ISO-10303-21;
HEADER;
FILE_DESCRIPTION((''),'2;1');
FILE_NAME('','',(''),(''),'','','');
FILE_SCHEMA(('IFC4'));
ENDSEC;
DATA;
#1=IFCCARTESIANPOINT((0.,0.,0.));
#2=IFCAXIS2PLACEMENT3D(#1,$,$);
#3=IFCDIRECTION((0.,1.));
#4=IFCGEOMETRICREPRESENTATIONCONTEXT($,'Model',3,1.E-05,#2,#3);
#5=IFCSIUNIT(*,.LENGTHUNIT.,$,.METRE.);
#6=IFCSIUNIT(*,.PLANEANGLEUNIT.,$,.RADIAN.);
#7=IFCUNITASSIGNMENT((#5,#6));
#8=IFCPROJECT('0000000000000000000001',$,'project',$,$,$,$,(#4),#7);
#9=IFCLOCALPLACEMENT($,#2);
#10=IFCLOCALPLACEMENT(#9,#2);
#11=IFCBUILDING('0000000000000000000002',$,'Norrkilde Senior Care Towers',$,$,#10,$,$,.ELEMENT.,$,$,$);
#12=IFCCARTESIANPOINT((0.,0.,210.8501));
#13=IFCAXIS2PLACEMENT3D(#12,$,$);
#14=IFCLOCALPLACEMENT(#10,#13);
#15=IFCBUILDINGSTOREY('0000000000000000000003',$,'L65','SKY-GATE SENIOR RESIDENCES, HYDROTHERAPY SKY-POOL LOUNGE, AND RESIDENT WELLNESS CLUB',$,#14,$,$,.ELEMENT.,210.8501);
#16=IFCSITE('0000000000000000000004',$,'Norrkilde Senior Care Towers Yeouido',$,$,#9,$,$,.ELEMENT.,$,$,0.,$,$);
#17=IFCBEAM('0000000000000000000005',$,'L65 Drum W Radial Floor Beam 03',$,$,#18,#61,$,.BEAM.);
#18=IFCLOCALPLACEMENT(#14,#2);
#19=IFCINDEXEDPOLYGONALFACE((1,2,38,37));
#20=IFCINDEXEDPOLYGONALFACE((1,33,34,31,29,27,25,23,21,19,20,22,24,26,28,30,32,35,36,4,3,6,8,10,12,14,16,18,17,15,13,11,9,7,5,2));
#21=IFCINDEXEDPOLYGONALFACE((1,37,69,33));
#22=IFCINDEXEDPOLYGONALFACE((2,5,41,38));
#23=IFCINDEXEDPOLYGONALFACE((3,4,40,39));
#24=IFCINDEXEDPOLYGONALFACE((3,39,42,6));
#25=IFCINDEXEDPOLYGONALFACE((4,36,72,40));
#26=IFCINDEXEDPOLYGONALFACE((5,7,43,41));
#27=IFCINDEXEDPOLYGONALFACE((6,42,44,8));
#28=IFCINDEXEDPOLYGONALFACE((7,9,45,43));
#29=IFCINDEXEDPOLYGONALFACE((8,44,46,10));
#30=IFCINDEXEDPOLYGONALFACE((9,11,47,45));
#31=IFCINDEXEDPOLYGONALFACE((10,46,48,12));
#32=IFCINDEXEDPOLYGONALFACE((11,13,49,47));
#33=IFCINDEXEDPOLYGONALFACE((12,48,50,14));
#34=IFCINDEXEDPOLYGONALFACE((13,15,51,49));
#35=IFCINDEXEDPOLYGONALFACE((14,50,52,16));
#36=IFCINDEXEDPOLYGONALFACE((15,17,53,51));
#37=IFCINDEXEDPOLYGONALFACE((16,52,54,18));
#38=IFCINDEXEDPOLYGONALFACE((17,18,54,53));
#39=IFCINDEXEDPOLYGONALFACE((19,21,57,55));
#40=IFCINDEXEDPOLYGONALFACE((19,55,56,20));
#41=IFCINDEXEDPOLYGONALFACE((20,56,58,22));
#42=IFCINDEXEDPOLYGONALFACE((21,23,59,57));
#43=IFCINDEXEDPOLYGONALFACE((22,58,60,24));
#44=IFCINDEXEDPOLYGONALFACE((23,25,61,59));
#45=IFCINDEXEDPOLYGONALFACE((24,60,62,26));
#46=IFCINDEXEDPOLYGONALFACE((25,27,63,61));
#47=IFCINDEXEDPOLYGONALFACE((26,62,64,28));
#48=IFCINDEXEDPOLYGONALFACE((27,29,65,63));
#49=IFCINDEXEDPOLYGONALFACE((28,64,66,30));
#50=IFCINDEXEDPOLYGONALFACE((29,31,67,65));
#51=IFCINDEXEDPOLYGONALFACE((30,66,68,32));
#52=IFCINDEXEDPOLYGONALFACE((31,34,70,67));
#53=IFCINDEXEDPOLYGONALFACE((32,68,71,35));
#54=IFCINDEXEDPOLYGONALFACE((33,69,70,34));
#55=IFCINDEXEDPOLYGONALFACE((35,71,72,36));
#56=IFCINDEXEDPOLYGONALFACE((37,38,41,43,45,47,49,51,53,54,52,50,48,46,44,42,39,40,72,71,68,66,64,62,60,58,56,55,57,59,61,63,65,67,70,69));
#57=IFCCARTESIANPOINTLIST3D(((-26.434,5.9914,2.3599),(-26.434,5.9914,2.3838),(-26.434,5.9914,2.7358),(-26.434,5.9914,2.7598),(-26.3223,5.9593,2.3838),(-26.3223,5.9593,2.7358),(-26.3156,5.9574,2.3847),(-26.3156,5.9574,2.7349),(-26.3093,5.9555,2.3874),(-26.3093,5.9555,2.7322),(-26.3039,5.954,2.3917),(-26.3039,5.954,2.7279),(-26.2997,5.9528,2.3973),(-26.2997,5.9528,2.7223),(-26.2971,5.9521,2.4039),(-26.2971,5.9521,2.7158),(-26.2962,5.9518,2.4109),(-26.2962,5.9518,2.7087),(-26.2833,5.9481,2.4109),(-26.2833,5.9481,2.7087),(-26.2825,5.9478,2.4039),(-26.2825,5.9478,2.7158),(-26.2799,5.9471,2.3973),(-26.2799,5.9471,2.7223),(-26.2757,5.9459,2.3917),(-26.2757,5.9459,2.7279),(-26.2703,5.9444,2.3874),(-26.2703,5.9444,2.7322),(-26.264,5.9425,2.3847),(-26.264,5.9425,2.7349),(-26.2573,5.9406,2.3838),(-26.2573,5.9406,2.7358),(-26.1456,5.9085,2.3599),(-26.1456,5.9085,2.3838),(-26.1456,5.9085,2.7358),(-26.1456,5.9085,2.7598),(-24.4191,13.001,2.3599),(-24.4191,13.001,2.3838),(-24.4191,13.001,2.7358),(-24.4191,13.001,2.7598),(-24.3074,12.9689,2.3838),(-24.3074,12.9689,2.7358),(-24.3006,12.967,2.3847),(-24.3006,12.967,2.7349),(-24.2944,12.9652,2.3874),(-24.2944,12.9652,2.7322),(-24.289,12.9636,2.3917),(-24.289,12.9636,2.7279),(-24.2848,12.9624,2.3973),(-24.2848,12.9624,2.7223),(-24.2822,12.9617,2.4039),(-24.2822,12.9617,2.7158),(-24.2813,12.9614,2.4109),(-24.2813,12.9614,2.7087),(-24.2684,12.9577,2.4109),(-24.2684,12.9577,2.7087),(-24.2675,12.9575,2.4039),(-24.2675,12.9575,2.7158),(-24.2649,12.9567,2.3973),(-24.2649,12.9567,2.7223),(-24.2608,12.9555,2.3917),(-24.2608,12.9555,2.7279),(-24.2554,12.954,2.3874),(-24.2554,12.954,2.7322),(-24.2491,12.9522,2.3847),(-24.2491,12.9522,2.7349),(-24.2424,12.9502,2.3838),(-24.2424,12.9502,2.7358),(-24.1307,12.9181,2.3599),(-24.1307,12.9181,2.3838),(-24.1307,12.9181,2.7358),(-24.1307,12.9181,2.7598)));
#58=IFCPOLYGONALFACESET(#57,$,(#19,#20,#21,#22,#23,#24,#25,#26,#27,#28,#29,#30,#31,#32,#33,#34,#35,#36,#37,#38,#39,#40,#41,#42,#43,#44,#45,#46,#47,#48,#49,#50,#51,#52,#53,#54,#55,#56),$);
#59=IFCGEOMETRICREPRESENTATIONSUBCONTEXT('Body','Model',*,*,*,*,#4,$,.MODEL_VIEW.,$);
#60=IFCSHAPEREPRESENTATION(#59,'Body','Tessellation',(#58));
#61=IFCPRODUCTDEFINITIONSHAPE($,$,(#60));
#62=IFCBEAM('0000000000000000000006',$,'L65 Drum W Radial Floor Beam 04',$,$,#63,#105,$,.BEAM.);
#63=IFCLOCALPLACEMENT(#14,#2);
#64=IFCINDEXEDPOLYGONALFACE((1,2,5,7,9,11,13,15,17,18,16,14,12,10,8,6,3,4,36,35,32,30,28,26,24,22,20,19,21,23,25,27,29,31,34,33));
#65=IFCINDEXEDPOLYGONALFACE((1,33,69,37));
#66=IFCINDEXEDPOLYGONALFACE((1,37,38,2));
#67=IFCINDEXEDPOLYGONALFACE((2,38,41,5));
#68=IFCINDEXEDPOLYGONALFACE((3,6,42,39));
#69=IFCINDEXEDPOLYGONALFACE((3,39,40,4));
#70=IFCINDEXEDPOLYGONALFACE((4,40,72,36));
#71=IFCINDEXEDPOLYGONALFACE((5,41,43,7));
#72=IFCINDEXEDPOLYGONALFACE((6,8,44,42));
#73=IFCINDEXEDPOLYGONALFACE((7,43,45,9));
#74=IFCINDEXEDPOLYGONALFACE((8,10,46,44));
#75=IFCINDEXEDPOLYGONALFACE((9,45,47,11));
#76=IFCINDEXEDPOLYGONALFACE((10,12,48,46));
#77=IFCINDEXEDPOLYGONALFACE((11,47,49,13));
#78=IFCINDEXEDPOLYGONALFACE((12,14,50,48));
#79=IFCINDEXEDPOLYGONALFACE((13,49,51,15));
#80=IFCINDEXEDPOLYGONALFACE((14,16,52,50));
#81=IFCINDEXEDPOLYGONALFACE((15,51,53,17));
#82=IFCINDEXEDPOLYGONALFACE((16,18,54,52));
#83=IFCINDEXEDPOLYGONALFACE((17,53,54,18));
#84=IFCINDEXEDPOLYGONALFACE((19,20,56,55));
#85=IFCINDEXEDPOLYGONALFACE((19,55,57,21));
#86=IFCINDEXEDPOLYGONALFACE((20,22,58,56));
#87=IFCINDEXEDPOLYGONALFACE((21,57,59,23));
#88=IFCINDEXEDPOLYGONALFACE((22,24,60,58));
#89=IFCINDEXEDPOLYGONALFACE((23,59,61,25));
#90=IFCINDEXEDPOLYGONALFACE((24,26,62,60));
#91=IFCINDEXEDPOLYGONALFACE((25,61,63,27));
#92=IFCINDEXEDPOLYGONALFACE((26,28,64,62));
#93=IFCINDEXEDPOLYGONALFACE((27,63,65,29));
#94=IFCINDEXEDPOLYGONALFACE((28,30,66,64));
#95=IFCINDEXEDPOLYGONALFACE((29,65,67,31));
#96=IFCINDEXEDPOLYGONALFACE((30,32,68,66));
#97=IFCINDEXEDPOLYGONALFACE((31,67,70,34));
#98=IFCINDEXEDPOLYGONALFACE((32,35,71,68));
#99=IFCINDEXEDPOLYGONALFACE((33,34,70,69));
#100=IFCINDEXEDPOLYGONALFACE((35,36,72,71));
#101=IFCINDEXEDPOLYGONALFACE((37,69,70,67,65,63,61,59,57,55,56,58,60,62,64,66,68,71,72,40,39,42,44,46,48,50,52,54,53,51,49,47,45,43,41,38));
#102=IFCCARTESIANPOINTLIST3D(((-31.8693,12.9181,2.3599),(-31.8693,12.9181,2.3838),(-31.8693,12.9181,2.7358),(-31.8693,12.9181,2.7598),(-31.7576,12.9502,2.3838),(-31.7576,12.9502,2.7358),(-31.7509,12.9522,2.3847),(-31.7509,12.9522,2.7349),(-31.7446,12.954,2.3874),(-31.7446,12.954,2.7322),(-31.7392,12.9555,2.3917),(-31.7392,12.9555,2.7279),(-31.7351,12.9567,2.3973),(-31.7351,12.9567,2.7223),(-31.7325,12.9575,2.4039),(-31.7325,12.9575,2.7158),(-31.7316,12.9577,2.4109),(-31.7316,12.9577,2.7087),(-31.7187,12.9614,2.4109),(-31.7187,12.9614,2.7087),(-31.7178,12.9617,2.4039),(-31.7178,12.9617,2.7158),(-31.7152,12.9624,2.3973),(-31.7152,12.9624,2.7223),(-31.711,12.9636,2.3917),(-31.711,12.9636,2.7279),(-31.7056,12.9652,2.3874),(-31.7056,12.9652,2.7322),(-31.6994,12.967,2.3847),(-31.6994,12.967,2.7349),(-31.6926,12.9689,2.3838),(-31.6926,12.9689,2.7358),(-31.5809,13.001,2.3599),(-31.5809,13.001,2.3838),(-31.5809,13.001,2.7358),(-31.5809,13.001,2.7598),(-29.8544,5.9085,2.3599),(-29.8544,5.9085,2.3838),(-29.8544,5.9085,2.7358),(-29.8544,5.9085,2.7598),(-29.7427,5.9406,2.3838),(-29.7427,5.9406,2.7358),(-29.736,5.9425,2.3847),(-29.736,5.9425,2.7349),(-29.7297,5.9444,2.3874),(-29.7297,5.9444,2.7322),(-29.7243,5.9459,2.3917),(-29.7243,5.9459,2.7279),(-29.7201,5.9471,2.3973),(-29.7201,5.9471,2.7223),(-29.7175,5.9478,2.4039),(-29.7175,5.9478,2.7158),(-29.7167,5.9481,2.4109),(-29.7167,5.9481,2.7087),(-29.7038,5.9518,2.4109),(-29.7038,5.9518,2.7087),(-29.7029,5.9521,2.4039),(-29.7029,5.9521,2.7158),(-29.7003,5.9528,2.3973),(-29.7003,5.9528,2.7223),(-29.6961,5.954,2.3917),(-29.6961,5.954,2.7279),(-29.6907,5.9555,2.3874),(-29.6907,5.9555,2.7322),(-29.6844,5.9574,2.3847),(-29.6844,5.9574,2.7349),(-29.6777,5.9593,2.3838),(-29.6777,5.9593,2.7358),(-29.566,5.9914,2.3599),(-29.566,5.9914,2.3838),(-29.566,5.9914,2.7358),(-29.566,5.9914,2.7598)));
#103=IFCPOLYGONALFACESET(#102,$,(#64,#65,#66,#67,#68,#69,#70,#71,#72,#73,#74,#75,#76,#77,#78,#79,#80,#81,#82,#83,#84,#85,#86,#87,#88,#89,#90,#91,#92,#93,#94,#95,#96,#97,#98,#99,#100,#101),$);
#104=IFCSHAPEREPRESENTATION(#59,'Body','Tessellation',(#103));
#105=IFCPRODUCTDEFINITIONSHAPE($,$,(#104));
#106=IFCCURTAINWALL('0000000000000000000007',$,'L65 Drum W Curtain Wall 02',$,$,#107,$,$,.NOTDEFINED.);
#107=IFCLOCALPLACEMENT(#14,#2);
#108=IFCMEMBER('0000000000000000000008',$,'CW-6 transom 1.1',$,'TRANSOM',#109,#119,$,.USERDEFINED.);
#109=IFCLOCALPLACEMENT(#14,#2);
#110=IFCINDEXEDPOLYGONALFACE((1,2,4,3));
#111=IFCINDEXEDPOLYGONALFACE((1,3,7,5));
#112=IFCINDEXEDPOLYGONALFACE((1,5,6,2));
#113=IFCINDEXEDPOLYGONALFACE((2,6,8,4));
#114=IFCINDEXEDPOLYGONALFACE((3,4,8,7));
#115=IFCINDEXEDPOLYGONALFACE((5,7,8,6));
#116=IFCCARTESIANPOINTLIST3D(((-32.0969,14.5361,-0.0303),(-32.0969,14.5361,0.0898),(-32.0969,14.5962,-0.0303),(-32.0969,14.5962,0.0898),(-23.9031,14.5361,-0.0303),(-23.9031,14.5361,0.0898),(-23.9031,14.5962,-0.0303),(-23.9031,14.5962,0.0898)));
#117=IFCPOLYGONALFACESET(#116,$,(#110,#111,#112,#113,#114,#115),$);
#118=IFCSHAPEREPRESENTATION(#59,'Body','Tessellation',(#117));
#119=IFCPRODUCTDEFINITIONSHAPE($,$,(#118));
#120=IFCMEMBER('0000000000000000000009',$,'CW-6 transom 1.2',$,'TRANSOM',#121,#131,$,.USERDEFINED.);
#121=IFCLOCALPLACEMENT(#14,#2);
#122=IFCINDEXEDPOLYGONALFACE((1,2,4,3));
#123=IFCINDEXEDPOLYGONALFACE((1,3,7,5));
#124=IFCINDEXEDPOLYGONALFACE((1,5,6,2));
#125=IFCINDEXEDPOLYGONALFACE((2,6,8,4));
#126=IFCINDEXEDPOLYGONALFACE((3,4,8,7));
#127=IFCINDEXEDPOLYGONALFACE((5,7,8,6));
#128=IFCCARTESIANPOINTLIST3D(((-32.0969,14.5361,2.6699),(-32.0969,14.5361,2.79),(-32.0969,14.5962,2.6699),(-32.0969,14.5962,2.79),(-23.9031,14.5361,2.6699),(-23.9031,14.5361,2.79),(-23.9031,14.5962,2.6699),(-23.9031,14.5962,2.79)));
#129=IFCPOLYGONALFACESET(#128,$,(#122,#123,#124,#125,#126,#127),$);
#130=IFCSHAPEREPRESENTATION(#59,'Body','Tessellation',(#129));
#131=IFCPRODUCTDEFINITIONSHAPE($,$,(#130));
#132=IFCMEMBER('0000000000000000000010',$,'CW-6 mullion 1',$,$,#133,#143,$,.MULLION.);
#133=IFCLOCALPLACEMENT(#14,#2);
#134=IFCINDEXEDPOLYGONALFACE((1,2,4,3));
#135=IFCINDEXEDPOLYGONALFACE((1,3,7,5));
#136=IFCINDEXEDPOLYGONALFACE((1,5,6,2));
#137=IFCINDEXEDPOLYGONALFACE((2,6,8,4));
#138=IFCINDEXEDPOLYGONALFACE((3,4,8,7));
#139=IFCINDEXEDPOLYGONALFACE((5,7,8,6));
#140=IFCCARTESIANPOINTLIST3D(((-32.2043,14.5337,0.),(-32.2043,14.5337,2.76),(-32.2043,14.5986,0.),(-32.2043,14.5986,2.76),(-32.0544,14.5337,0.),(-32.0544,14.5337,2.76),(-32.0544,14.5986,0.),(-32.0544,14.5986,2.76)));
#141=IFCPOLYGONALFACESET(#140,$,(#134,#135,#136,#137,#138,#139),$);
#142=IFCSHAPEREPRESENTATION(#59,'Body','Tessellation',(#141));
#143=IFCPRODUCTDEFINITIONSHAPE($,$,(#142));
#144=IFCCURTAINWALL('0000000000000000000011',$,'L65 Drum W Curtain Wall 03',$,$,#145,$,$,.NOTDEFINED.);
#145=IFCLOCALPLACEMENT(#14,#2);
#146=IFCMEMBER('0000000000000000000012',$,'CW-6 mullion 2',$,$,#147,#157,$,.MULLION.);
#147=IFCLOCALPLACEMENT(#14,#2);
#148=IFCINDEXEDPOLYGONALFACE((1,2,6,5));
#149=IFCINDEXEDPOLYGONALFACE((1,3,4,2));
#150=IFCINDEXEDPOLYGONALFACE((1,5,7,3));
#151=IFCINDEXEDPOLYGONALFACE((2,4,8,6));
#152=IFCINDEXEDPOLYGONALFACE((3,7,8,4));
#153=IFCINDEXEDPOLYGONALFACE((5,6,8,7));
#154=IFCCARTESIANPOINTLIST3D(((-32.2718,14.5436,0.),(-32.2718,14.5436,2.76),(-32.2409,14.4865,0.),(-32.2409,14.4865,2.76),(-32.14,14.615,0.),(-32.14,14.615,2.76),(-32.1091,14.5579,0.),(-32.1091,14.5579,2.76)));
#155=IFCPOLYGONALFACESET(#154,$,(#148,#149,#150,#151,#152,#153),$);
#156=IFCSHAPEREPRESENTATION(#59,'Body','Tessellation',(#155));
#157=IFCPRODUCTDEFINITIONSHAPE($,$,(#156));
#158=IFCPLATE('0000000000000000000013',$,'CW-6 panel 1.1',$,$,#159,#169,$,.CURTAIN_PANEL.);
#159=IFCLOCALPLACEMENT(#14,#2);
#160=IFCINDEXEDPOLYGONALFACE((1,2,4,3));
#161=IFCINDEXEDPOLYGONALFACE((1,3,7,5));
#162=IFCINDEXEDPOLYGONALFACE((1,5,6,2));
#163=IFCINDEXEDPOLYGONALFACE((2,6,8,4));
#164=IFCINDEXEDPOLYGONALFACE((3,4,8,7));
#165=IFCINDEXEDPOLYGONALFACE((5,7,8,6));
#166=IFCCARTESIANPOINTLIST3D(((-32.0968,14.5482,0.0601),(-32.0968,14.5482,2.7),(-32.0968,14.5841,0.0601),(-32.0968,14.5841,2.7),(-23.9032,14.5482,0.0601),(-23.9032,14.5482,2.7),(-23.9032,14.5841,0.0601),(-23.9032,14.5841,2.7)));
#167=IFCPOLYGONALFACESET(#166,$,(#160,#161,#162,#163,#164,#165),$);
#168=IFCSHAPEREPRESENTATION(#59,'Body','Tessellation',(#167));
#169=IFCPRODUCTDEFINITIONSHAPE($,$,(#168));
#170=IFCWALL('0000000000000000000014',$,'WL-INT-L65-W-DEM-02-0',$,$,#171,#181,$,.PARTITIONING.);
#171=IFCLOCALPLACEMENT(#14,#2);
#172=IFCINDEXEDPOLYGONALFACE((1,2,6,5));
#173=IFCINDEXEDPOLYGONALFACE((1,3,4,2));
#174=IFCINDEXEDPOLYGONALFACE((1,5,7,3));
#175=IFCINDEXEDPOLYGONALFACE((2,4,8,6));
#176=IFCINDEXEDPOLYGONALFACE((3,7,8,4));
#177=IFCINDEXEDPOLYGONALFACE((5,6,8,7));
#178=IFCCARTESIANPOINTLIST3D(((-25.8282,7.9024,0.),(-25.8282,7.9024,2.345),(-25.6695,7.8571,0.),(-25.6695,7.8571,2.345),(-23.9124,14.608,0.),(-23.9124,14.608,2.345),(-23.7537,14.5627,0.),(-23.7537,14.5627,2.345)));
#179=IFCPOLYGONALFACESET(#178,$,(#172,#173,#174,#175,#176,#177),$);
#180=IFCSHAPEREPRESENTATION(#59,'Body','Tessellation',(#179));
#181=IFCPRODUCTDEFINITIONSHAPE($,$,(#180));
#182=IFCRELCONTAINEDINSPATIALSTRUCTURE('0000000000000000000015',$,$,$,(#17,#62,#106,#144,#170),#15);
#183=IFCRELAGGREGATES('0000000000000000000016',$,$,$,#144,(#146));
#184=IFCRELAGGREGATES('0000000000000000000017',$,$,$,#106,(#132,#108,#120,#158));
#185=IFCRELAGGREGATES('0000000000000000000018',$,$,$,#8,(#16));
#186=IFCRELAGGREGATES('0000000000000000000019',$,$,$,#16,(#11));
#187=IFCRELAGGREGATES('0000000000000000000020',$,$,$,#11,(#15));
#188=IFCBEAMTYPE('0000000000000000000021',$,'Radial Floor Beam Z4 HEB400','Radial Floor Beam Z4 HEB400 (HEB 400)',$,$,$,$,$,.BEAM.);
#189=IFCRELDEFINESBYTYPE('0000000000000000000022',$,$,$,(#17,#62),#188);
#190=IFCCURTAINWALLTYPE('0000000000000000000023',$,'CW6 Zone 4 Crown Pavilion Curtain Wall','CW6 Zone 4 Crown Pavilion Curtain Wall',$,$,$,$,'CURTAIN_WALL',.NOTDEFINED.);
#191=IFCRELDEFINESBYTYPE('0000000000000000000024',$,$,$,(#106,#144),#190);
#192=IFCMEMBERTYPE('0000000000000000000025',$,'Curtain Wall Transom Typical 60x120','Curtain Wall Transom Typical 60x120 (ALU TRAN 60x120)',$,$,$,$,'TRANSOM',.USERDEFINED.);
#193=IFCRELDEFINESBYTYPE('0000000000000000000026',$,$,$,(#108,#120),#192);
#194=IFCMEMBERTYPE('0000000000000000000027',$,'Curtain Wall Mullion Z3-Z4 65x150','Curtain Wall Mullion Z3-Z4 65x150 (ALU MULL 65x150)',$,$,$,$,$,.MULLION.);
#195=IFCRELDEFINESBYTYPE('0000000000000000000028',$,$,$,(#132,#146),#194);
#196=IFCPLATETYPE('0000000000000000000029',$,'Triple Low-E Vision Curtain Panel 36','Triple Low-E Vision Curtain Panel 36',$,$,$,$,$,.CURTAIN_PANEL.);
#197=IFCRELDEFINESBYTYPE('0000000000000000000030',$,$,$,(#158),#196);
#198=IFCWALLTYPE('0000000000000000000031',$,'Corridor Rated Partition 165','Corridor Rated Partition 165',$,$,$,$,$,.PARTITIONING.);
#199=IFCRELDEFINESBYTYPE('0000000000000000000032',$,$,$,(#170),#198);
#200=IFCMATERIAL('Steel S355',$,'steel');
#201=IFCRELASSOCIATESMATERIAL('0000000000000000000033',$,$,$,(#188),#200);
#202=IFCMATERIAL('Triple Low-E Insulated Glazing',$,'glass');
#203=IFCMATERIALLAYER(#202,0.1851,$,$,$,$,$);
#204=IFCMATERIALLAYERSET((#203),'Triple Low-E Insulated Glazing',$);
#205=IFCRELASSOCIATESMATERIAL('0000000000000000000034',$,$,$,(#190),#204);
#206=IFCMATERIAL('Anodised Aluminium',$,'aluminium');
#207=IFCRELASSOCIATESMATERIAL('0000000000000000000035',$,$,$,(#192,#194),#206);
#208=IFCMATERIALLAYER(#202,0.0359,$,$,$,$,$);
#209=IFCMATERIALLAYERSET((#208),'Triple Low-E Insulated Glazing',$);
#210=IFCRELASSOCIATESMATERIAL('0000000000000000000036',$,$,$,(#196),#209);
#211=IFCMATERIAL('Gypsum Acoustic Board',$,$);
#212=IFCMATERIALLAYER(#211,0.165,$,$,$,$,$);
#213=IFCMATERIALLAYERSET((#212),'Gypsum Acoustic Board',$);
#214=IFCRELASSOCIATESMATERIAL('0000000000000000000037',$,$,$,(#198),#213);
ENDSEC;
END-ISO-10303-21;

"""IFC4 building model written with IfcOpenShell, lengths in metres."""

from ifc_helpers import new_model, si_unit, direction, frame, frame_2d, origin, origin_2d, place, context, subcontext, project, spatial, rectangle, i_section, extrude, source, transform, mapped, material, layer, layer_set, material_profile, profile_set, type_object, type_shapes, element, aggregate, save


model = new_model("IFC4")

# Units and contexts
model_context = context("Model", 3, precision=1e-05, world=origin(), true_north=direction((0.0, 1.0)))
body_context = subcontext(model_context, "Body", "Model", "MODEL_VIEW")
ifc_project = project(units=[si_unit("LENGTHUNIT", "METRE"), si_unit("PLANEANGLEUNIT", "RADIAN")], contexts=[model_context])

# Site, building, storey
site_placement = place(None, origin())
site = spatial("IfcSite", under=ifc_project, at=site_placement, Name="Norrkilde Senior Care Towers Yeouido", CompositionType="ELEMENT", RefElevation=0.0)
building_placement = place(site_placement, origin())
building = spatial("IfcBuilding", under=site, at=building_placement, Name="Norrkilde Senior Care Towers", CompositionType="ELEMENT")
storey_placement = place(building_placement, frame((0.0, 0.0, 210.8501)))
storey = spatial("IfcBuildingStorey", under=building, at=storey_placement, Name="L65", Description="SKY-GATE SENIOR RESIDENCES, HYDROTHERAPY SKY-POOL LOUNGE, AND RESIDENT WELLNESS CLUB", CompositionType="ELEMENT", Elevation=210.8501)

# Beams
ifc_material_1 = material(Name="Steel S355", Category="steel")
ifc_material_profile_1 = material_profile(ifc_material_1, i_section(OverallWidth=0.3, OverallDepth=0.3999, WebThickness=0.0134, FlangeThickness=0.0239, FilletRadius=0.0271, at=origin_2d()), Name="HEB 400")
ifc_profile_set_1 = profile_set([ifc_material_profile_1], Name="Steel S355")
beam_type_1 = type_object("IfcBeamType", Name="Radial Floor Beam Z4 HEB400", Description="Radial Floor Beam Z4 HEB400 (HEB 400)", PredefinedType="BEAM", material=ifc_profile_set_1)
shared_shape_1 = source(origin(), body_context, "Body", "SweptSolid", [
    extrude(i_section(OverallWidth=0.3, OverallDepth=0.3999, WebThickness=0.0134, FlangeThickness=0.0239, FilletRadius=0.0271, at=origin_2d()), origin(), (0.0, 0.0, 1.0), 7.2935),
])
type_shapes(beam_type_1, [shared_shape_1])
for number, where, z_axis, x_axis, name in (
    (1, (-26.2898, 5.95, 2.5598), (0.276264, 0.961082, 0.0), (-0.961082, 0.276264, 0.0), "L65 Drum W Radial Floor Beam 03"),
    (2, (-29.7102, 5.95, 2.5598), (-0.276264, 0.961082, 0.0), (-0.961082, -0.276264, 0.0), "L65 Drum W Radial Floor Beam 04"),
):
    element("IfcBeam", number, at=place(storey_placement, frame(where, z_axis=z_axis, x_axis=x_axis)), inside=storey, type_object=beam_type_1, Name=name, PredefinedType="BEAM", context=body_context, shape_type="MappedRepresentation", body=[
        mapped(shared_shape_1, transform((0.0, 0.0, 0.0), x_axis=(1.0, 0.0, 0.0), y_axis=(0.0, 1.0, 0.0), z_axis=(0.0, 0.0, 1.0), scale=1.0)),
    ])

# Curtain wall, members
ifc_material_2 = material(Name="Triple Low-E Insulated Glazing", Category="glass")
ifc_layer_1 = layer(ifc_material_2, 0.1851)
ifc_layer_set_1 = layer_set([ifc_layer_1], Name="Triple Low-E Insulated Glazing")
curtain_wall_type = type_object("IfcCurtainWallType", Name="CW6 Zone 4 Crown Pavilion Curtain Wall", Description="CW6 Zone 4 Crown Pavilion Curtain Wall", ElementType="CURTAIN_WALL", PredefinedType="NOTDEFINED", material=ifc_layer_set_1)
curtain_wall_1_placement = place(storey_placement, origin())
curtain_wall_1 = element("IfcCurtainWall", 3, at=curtain_wall_1_placement, inside=storey, type_object=curtain_wall_type, Name="L65 Drum W Curtain Wall 02", PredefinedType="NOTDEFINED")
ifc_material_3 = material(Name="Anodised Aluminium", Category="aluminium")
ifc_material_profile_2 = material_profile(ifc_material_3, rectangle(XDim=0.0601, YDim=0.1201, at=origin_2d()), Name="ALU TRAN 60x120")
ifc_profile_set_2 = profile_set([ifc_material_profile_2], Name="Anodised Aluminium")
member_type_1 = type_object("IfcMemberType", Name="Curtain Wall Transom Typical 60x120", Description="Curtain Wall Transom Typical 60x120 (ALU TRAN 60x120)", ElementType="TRANSOM", PredefinedType="USERDEFINED", material=ifc_profile_set_2)
shared_shape_2 = source(origin(), body_context, "Body", "SweptSolid", [
    extrude(rectangle(XDim=0.0601, YDim=0.1201, at=origin_2d()), origin(), (0.0, 0.0, 1.0), 8.1938),
])
type_shapes(member_type_1, [shared_shape_2])
member_1_placement = place(storey_placement, frame((-32.0969, 14.5662, 0.0298), z_axis=(1.0, 0.0, 0.0), x_axis=(0.0, 1.0, 0.0)))
member_1 = element("IfcMember", 4, at=member_1_placement, type_object=member_type_1, Name="CW-6 transom 1.1", ObjectType="TRANSOM", PredefinedType="USERDEFINED", context=body_context, shape_type="MappedRepresentation", body=[
    mapped(shared_shape_2, transform((0.0, 0.0, 0.0), x_axis=(1.0, 0.0, 0.0), y_axis=(0.0, 1.0, 0.0), z_axis=(0.0, 0.0, 1.0), scale=1.0)),
])
member_2_placement = place(storey_placement, frame((-32.0969, 14.5662, 2.73), z_axis=(1.0, 0.0, 0.0), x_axis=(0.0, 1.0, 0.0)))
member_2 = element("IfcMember", 5, at=member_2_placement, type_object=member_type_1, Name="CW-6 transom 1.2", ObjectType="TRANSOM", PredefinedType="USERDEFINED", context=body_context, shape_type="MappedRepresentation", body=[
    mapped(shared_shape_2, transform((0.0, 0.0, 0.0), x_axis=(1.0, 0.0, 0.0), y_axis=(0.0, 1.0, 0.0), z_axis=(0.0, 0.0, 1.0), scale=1.0)),
])
ifc_material_profile_3 = material_profile(ifc_material_3, rectangle(XDim=0.0649, YDim=0.1499, at=origin_2d()), Name="ALU MULL 65x150")
ifc_profile_set_3 = profile_set([ifc_material_profile_3], Name="Anodised Aluminium")
member_type_2 = type_object("IfcMemberType", Name="Curtain Wall Mullion Z3-Z4 65x150", Description="Curtain Wall Mullion Z3-Z4 65x150 (ALU MULL 65x150)", PredefinedType="MULLION", material=ifc_profile_set_3)
shared_shape_3 = source(origin(), body_context, "Body", "SweptSolid", [
    extrude(rectangle(XDim=0.0649, YDim=0.1499, at=origin_2d()), origin(), (0.0, 0.0, 1.0), 2.76),
])
type_shapes(member_type_2, [shared_shape_3])
member_3_placement = place(storey_placement, frame((-32.1294, 14.5662, 0.0), z_axis=(0.0, 0.0, 1.0), x_axis=(0.0, 1.0, 0.0)))
member_3 = element("IfcMember", 6, at=member_3_placement, type_object=member_type_2, Name="CW-6 mullion 1", PredefinedType="MULLION", context=body_context, shape_type="MappedRepresentation", body=[
    mapped(shared_shape_3, transform((0.0, 0.0, 0.0), x_axis=(1.0, 0.0, 0.0), y_axis=(0.0, 1.0, 0.0), z_axis=(0.0, 0.0, 1.0), scale=1.0)),
])

# Curtain wall, member
curtain_wall_2_placement = place(storey_placement, origin())
curtain_wall_2 = element("IfcCurtainWall", 7, at=curtain_wall_2_placement, inside=storey, type_object=curtain_wall_type, Name="L65 Drum W Curtain Wall 03", PredefinedType="NOTDEFINED")
member_4_placement = place(storey_placement, frame((-32.1904, 14.5508, 0.0), z_axis=(0.0, 0.0, 1.0), x_axis=(-0.476133, 0.879373, 0.0)))
member_4 = element("IfcMember", 8, at=member_4_placement, type_object=member_type_2, Name="CW-6 mullion 2", PredefinedType="MULLION", context=body_context, shape_type="MappedRepresentation", body=[
    mapped(shared_shape_3, transform((0.0, 0.0, 0.0), x_axis=(1.0, 0.0, 0.0), y_axis=(0.0, 1.0, 0.0), z_axis=(0.0, 0.0, 1.0), scale=1.0)),
])
aggregate(curtain_wall_2, [member_4])

# Plate
ifc_layer_2 = layer(ifc_material_2, 0.0359)
ifc_layer_set_2 = layer_set([ifc_layer_2], Name="Triple Low-E Insulated Glazing")
plate_type = type_object("IfcPlateType", Name="Triple Low-E Vision Curtain Panel 36", Description="Triple Low-E Vision Curtain Panel 36", PredefinedType="CURTAIN_PANEL", material=ifc_layer_set_2)
shared_shape_4 = source(origin(), body_context, "Body", "SweptSolid", [
    extrude(rectangle(XDim=8.1936, YDim=0.0359, at=origin_2d()), origin(), (0.0, 0.0, 1.0), 2.6399),
])
type_shapes(plate_type, [shared_shape_4])
plate_placement = place(storey_placement, frame((-28.0, 14.5662, 0.0601), z_axis=(0.0, 0.0, 1.0), x_axis=(1.0, 0.0, 0.0)))
plate = element("IfcPlate", 9, at=plate_placement, type_object=plate_type, Name="CW-6 panel 1.1", PredefinedType="CURTAIN_PANEL", context=body_context, shape_type="MappedRepresentation", body=[
    mapped(shared_shape_4, transform((0.0, 0.0, 0.0), x_axis=(1.0, 0.0, 0.0), y_axis=(0.0, 1.0, 0.0), z_axis=(0.0, 0.0, 1.0), scale=1.0)),
])
aggregate(curtain_wall_1, [member_3, member_1, member_2, plate])

# Wall
ifc_material_4 = material(Name="Gypsum Acoustic Board")
ifc_layer_3 = layer(ifc_material_4, 0.165)
ifc_layer_set_3 = layer_set([ifc_layer_3], Name="Gypsum Acoustic Board")
wall_type = type_object("IfcWallType", Name="Corridor Rated Partition 165", Description="Corridor Rated Partition 165", PredefinedType="PARTITIONING", material=ifc_layer_set_3)
shared_shape_5 = source(origin(), body_context, "Body", "SweptSolid", [
    extrude(rectangle(XDim=6.9739, YDim=0.165, at=frame_2d((3.4868, 0.0))), origin(), (0.0, 0.0, 1.0), 2.345),
])
for number, where, z_axis, x_axis, name in (
    (10, (-25.7488, 7.8799, 0.0), (0.0, 0.0, 1.0), (0.274707, 0.961528, 0.0), "WL-INT-L65-W-DEM-02-0"),
):
    element("IfcWall", number, at=place(storey_placement, frame(where, z_axis=z_axis, x_axis=x_axis)), inside=storey, type_object=wall_type, Name=name, PredefinedType="PARTITIONING", context=body_context, shape_type="MappedRepresentation", body=[
        mapped(shared_shape_5, transform((0.0, 0.0, 0.0), x_axis=(1.0, 0.0, 0.0), y_axis=(0.0, 1.0, 0.0), z_axis=(0.0, 0.0, 1.0), scale=1.0)),
    ])

save(model, "model.ifc")
